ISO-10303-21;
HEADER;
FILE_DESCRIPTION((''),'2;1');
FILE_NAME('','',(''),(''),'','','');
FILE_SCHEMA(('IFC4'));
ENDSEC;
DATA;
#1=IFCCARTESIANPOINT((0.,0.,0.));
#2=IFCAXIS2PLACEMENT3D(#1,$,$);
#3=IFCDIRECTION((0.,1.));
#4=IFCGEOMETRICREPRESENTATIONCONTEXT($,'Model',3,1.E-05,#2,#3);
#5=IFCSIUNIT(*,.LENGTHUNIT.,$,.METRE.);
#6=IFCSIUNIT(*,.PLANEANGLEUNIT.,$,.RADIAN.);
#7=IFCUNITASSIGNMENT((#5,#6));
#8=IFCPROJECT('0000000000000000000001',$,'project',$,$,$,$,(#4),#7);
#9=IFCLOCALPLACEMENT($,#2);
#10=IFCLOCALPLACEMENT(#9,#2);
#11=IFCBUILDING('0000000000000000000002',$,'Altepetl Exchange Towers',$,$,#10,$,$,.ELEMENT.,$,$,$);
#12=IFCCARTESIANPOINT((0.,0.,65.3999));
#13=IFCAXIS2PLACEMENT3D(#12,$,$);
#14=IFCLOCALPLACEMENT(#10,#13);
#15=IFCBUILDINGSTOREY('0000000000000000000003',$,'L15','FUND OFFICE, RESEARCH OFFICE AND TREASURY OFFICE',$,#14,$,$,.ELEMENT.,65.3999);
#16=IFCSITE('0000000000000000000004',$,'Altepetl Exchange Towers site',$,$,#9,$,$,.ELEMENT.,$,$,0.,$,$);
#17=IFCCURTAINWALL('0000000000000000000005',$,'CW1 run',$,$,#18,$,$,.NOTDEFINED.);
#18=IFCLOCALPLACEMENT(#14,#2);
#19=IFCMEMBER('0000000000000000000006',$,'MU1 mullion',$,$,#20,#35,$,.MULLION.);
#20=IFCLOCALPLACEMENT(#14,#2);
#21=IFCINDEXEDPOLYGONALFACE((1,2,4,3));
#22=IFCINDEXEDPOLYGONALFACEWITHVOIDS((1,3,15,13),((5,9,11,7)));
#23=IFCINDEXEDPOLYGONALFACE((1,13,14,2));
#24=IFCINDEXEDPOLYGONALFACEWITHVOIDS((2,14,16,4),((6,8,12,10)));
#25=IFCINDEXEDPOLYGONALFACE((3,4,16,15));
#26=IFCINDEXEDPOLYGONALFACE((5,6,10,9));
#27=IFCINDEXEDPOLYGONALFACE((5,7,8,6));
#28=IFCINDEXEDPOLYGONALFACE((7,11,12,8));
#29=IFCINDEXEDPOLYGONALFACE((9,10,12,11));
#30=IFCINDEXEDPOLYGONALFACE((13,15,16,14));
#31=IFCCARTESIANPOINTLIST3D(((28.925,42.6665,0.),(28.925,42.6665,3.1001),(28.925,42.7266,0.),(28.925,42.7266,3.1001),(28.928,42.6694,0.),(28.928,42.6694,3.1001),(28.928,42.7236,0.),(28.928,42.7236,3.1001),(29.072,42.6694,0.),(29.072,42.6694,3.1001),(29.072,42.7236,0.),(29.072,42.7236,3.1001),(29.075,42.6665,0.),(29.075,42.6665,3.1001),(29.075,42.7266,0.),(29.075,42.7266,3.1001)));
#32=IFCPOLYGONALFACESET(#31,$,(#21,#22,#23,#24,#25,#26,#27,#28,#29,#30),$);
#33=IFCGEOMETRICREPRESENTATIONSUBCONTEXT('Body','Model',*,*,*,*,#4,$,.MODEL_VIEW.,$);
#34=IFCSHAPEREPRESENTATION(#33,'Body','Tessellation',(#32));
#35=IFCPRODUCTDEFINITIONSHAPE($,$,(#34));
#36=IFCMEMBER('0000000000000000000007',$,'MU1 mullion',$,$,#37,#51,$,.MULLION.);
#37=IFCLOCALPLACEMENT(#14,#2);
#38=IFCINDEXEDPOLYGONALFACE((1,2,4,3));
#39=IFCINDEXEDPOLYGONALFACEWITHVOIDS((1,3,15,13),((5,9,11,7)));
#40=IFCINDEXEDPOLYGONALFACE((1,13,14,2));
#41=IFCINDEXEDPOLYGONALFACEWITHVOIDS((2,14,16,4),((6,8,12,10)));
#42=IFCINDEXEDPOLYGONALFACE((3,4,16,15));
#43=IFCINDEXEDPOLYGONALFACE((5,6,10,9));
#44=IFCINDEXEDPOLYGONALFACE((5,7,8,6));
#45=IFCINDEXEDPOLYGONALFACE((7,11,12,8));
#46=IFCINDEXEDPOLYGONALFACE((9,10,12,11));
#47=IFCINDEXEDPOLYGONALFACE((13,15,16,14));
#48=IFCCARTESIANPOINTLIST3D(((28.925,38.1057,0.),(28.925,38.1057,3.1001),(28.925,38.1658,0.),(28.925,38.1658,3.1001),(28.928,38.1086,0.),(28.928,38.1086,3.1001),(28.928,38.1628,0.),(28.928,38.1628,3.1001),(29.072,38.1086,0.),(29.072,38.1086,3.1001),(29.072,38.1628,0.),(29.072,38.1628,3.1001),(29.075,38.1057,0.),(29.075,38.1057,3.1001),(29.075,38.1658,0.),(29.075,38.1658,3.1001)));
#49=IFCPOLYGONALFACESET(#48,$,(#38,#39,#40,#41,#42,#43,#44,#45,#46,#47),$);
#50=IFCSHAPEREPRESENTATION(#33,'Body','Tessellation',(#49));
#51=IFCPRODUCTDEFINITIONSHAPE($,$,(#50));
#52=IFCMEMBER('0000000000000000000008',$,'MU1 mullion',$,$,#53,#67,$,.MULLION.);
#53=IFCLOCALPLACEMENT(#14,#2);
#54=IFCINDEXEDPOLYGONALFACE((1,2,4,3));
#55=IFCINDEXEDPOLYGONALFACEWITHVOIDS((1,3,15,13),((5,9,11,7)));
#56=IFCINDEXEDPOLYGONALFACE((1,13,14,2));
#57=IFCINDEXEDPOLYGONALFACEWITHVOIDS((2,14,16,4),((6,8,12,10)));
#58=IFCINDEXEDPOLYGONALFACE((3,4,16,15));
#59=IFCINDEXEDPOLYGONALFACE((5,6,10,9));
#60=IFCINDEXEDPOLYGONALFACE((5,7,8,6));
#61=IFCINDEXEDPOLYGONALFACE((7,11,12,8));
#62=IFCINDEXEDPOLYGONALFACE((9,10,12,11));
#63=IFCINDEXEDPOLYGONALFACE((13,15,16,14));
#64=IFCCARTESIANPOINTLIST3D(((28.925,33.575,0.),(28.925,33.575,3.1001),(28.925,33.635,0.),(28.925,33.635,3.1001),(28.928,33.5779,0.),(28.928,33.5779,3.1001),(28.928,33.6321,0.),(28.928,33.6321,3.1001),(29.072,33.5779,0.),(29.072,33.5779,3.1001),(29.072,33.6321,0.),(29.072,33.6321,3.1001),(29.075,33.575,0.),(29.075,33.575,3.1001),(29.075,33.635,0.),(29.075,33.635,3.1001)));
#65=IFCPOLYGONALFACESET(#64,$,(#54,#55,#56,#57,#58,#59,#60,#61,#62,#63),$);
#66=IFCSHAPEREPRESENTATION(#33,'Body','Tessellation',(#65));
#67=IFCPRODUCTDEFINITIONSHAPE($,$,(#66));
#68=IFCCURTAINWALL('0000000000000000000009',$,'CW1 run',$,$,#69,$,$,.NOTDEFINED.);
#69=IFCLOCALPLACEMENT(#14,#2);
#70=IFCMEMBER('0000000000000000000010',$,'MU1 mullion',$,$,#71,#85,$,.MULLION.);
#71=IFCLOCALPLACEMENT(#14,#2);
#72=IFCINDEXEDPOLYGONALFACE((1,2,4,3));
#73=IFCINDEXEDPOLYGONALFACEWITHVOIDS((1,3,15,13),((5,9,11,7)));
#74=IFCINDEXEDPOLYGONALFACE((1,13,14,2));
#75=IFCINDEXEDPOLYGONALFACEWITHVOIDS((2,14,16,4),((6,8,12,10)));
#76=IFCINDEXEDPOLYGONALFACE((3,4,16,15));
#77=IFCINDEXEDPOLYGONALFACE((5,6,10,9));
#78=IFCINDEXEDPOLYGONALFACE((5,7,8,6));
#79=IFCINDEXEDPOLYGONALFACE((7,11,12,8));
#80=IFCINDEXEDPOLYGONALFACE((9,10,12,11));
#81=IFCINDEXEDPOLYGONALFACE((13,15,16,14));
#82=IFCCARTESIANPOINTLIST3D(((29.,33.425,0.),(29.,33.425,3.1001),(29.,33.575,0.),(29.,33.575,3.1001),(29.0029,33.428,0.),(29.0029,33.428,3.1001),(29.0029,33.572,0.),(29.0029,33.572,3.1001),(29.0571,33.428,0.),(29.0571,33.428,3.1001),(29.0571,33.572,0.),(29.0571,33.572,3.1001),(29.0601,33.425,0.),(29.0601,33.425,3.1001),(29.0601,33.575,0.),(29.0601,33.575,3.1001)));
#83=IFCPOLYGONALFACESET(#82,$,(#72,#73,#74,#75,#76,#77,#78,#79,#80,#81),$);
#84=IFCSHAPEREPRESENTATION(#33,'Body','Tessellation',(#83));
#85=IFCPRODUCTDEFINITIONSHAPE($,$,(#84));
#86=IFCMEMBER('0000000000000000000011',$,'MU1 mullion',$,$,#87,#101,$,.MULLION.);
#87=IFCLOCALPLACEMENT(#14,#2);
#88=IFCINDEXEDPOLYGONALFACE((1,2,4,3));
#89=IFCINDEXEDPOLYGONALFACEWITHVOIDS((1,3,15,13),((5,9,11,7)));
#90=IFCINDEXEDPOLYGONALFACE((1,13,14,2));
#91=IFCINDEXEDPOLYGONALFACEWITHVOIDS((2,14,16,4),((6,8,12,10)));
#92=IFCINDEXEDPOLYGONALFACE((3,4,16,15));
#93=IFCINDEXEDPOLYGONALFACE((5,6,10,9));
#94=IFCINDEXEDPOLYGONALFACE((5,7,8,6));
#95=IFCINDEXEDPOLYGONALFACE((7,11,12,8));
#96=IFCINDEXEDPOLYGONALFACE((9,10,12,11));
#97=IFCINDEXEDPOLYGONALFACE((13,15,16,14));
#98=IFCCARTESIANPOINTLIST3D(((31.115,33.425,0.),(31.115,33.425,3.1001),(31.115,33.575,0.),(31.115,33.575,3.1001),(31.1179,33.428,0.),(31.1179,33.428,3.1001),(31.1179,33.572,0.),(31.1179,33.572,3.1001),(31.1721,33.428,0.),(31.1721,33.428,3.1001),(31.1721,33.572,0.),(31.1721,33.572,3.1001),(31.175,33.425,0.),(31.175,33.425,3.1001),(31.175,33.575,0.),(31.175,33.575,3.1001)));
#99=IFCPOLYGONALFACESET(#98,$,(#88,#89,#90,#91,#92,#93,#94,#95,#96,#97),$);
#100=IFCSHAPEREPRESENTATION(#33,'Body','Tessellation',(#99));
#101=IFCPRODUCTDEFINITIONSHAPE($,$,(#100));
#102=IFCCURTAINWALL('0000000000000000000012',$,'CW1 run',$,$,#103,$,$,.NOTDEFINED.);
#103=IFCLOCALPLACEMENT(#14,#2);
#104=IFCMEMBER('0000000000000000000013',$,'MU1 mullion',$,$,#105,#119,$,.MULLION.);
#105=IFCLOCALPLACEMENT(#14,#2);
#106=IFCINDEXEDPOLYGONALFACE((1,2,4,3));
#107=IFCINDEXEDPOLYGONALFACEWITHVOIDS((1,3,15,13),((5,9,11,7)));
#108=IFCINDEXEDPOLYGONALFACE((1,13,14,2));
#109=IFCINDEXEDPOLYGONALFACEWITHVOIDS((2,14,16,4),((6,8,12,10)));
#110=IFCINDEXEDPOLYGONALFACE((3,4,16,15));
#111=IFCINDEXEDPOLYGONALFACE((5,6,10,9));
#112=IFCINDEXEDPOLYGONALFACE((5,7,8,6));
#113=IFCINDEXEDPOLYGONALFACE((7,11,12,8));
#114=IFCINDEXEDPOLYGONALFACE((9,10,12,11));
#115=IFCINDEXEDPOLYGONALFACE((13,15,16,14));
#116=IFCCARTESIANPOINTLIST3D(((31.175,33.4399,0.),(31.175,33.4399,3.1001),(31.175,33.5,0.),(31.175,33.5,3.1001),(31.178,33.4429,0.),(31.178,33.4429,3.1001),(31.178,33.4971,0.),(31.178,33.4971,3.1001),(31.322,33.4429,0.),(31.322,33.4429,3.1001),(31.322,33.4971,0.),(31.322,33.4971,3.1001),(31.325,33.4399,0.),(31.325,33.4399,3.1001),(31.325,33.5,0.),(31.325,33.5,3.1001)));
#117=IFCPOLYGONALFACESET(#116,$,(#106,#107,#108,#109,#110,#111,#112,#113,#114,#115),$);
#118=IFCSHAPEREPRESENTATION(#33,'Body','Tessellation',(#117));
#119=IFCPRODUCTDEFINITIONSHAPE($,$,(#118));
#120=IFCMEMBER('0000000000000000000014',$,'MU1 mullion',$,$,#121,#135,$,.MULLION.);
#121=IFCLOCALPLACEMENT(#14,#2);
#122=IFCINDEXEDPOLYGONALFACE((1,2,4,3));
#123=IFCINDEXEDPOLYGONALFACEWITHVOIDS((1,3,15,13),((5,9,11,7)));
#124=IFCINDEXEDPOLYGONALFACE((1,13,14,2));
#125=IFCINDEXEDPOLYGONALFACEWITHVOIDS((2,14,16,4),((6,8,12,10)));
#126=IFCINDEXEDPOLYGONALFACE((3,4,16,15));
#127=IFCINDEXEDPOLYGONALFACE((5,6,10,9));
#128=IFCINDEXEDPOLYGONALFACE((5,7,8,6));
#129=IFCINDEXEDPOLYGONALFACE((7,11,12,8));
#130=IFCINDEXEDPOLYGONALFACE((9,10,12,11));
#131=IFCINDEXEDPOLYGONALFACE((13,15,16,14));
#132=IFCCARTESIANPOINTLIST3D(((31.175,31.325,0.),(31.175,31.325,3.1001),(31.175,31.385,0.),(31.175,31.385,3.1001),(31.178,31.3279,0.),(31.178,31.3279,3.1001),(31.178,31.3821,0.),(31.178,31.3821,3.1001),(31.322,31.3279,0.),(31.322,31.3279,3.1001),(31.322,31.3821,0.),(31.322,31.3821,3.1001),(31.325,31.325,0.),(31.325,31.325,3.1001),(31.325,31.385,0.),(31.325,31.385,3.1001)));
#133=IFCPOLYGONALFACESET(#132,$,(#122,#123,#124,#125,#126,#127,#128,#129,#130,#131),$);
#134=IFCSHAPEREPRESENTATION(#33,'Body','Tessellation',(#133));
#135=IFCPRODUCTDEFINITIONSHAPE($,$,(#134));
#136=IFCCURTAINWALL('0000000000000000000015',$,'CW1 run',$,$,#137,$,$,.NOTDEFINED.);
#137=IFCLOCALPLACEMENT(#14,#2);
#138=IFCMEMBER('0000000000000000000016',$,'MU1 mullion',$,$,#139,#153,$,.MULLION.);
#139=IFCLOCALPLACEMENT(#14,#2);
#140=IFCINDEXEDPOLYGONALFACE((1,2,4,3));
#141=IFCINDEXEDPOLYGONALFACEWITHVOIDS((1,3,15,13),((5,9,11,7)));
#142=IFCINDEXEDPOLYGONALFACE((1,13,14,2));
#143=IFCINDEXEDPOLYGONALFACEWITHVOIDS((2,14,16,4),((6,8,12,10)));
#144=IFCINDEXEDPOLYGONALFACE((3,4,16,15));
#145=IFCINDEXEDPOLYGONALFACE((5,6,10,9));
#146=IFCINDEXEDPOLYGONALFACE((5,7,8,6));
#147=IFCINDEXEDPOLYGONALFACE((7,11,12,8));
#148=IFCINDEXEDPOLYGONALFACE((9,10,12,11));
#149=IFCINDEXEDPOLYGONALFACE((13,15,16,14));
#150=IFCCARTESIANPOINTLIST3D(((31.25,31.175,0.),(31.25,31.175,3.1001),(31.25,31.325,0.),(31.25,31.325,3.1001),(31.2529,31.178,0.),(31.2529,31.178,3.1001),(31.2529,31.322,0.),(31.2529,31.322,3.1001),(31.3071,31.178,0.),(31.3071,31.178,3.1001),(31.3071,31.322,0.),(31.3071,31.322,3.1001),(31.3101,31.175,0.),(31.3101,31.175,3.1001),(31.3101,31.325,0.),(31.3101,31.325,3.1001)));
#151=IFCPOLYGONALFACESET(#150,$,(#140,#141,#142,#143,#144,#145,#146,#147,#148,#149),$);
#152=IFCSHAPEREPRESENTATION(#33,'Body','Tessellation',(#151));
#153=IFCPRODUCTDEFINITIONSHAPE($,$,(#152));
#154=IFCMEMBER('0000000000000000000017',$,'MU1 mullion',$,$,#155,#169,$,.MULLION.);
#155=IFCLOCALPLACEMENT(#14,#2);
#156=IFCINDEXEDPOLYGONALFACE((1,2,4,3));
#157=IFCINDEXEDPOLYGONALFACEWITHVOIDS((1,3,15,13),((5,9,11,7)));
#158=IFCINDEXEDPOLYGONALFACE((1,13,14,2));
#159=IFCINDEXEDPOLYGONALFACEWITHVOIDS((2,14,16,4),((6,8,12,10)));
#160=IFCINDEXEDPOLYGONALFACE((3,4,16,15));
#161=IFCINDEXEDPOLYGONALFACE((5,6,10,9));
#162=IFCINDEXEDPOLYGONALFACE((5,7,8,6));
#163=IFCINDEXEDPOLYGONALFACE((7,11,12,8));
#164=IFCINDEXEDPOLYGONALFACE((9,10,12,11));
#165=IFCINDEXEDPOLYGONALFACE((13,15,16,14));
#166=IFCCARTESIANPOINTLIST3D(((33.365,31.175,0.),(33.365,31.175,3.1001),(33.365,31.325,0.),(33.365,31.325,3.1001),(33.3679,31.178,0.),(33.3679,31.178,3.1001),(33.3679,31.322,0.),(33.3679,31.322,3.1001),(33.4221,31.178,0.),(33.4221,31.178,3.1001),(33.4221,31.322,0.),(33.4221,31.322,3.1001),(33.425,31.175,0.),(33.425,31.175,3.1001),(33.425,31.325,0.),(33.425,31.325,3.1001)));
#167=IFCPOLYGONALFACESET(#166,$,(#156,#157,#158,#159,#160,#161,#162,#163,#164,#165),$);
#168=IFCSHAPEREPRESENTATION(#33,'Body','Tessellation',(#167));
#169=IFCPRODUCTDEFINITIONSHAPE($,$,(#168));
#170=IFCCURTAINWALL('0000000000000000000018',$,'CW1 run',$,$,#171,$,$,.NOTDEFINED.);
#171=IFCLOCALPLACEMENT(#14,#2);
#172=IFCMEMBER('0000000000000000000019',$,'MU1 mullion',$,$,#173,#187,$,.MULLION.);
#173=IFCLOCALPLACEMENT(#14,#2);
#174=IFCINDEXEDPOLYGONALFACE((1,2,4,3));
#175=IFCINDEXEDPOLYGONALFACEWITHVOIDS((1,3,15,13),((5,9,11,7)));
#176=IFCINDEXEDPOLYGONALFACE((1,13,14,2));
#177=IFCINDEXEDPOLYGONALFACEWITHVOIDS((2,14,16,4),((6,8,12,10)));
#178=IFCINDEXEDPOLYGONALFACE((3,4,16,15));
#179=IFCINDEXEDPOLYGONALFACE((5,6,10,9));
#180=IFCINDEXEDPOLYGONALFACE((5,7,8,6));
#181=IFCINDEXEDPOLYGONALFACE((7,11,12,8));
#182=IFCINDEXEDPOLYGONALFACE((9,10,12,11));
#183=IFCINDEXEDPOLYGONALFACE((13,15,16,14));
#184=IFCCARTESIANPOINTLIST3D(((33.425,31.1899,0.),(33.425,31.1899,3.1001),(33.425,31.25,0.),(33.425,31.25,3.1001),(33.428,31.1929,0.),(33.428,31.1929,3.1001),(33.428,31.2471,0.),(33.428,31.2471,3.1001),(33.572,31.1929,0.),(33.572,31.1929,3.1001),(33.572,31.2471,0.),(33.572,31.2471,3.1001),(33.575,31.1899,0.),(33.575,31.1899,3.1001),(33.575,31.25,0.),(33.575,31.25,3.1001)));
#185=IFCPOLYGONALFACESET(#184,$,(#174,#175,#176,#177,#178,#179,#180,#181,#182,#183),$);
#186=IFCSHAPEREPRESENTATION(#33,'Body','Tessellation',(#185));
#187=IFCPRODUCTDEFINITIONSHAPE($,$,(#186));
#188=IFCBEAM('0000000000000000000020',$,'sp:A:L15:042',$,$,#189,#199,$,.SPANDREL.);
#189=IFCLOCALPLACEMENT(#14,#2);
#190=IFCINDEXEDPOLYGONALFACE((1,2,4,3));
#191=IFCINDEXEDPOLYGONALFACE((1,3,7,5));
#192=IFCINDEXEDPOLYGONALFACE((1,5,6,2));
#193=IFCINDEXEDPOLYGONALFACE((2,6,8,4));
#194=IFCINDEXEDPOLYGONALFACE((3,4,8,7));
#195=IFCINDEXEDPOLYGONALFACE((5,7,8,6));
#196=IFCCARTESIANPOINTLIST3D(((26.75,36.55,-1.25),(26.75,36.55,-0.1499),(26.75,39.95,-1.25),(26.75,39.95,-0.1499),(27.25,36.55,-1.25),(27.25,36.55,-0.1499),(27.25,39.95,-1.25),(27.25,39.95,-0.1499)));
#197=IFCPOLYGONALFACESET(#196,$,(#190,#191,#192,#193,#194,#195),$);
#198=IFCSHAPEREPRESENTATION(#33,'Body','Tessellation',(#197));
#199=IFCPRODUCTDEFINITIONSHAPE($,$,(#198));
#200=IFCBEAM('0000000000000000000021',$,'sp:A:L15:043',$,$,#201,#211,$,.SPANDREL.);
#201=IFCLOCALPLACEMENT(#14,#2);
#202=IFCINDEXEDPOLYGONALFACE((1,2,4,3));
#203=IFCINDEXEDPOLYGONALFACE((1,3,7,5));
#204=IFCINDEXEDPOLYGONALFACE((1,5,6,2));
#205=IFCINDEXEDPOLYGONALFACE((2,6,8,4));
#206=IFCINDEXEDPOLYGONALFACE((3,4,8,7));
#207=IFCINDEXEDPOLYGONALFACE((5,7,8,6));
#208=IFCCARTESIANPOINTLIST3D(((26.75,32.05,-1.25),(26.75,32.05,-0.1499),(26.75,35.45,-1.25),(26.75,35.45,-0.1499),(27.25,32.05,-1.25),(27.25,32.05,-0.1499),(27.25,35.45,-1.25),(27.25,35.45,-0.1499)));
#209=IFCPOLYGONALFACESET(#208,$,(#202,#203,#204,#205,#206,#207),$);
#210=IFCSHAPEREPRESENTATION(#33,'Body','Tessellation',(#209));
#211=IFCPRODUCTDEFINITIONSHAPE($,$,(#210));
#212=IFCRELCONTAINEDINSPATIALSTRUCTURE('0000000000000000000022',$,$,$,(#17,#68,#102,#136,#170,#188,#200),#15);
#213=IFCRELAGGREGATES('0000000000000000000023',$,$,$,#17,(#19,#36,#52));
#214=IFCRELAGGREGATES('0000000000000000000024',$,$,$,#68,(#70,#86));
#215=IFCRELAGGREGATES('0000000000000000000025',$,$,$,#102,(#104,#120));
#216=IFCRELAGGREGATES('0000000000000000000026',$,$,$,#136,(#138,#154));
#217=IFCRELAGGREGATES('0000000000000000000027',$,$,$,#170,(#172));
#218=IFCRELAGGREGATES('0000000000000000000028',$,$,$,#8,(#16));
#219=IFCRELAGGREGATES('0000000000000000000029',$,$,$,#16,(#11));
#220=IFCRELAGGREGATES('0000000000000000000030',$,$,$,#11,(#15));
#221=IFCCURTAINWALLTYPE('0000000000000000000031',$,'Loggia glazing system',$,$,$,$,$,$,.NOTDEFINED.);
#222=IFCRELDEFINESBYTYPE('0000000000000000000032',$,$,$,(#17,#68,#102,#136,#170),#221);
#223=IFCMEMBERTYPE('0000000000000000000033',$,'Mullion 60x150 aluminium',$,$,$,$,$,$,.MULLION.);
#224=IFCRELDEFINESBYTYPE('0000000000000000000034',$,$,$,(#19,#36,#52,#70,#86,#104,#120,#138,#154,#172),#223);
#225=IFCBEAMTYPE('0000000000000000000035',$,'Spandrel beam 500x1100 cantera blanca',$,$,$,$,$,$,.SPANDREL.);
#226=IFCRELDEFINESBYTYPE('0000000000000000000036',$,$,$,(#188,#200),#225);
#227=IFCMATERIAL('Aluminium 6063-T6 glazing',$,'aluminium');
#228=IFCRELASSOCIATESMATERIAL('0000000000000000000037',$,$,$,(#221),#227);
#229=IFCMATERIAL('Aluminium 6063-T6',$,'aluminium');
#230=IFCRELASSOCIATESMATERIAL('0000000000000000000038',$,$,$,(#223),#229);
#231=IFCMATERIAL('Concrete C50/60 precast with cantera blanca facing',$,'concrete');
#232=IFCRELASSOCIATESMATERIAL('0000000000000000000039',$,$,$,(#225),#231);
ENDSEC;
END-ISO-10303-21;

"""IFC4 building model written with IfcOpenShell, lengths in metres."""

from ifc_helpers import new_model, si_unit, direction, frame, origin, origin_2d, place, context, subcontext, project, spatial, rectangle, hollow_rectangle, extrude, material, material_profile, profile_set, type_object, element, aggregate, save


model = new_model("IFC4")

# Units and contexts
model_context = context("Model", 3, precision=1e-05, world=origin(), true_north=direction((0.0, 1.0)))
body_context = subcontext(model_context, "Body", "Model", "MODEL_VIEW")
ifc_project = project(units=[si_unit("LENGTHUNIT", "METRE"), si_unit("PLANEANGLEUNIT", "RADIAN")], contexts=[model_context])

# Site, building, storey
site_placement = place(None, origin())
site = spatial("IfcSite", under=ifc_project, at=site_placement, Name="Altepetl Exchange Towers site", CompositionType="ELEMENT", RefElevation=0.0)
building_placement = place(site_placement, origin())
building = spatial("IfcBuilding", under=site, at=building_placement, Name="Altepetl Exchange Towers", CompositionType="ELEMENT")
storey_placement = place(building_placement, frame((0.0, 0.0, 65.3999)))
storey = spatial("IfcBuildingStorey", under=building, at=storey_placement, Name="L15", Description="FUND OFFICE, RESEARCH OFFICE AND TREASURY OFFICE", CompositionType="ELEMENT", Elevation=65.3999)

# Curtain walls, members
ifc_material_1 = material(Name="Aluminium 6063-T6 glazing", Category="aluminium")
curtain_wall_type = type_object("IfcCurtainWallType", Name="Loggia glazing system", PredefinedType="NOTDEFINED", material=ifc_material_1)
curtain_wall_1_placement = place(storey_placement, origin())
curtain_wall_1 = element("IfcCurtainWall", 1, at=curtain_wall_1_placement, inside=storey, type_object=curtain_wall_type, Name="CW1 run", PredefinedType="NOTDEFINED")
ifc_material_2 = material(Name="Aluminium 6063-T6", Category="aluminium")
ifc_material_profile_1 = material_profile(ifc_material_2, hollow_rectangle(XDim=0.0601, YDim=0.1499, WallThickness=0.0029, at=origin_2d()), Name="Mullion 60x150 aluminium")
ifc_profile_set_1 = profile_set([ifc_material_profile_1], Name="Aluminium 6063-T6")
member_type = type_object("IfcMemberType", Name="Mullion 60x150 aluminium", PredefinedType="MULLION", material=ifc_profile_set_1)
member_1_placement = place(storey_placement, frame((29.0, 42.6965, 0.0), z_axis=(0.0, 0.0, 1.0), x_axis=(0.0, -1.0, 0.0)))
member_1 = element("IfcMember", 2, at=member_1_placement, type_object=member_type, Name="MU1 mullion", PredefinedType="MULLION", context=body_context, shape_type="SweptSolid", body=[
    extrude(hollow_rectangle(XDim=0.0601, YDim=0.1499, WallThickness=0.0029, at=origin_2d()), origin(), (0.0, 0.0, 1.0), 3.1001),
])
member_2_placement = place(storey_placement, frame((29.0, 38.1357, 0.0), z_axis=(0.0, 0.0, 1.0), x_axis=(0.0, -1.0, 0.0)))
member_2 = element("IfcMember", 3, at=member_2_placement, type_object=member_type, Name="MU1 mullion", PredefinedType="MULLION", context=body_context, shape_type="SweptSolid", body=[
    extrude(hollow_rectangle(XDim=0.0601, YDim=0.1499, WallThickness=0.0029, at=origin_2d()), origin(), (0.0, 0.0, 1.0), 3.1001),
])
member_3_placement = place(storey_placement, frame((29.0, 33.605, 0.0), z_axis=(0.0, 0.0, 1.0), x_axis=(0.0, -1.0, 0.0)))
member_3 = element("IfcMember", 4, at=member_3_placement, type_object=member_type, Name="MU1 mullion", PredefinedType="MULLION", context=body_context, shape_type="SweptSolid", body=[
    extrude(hollow_rectangle(XDim=0.0601, YDim=0.1499, WallThickness=0.0029, at=origin_2d()), origin(), (0.0, 0.0, 1.0), 3.1001),
])
curtain_wall_2_placement = place(storey_placement, origin())
curtain_wall_2 = element("IfcCurtainWall", 5, at=curtain_wall_2_placement, inside=storey, type_object=curtain_wall_type, Name="CW1 run", PredefinedType="NOTDEFINED")
member_4_placement = place(storey_placement, frame((29.03, 33.5, 0.0)))
member_4 = element("IfcMember", 6, at=member_4_placement, type_object=member_type, Name="MU1 mullion", PredefinedType="MULLION", context=body_context, shape_type="SweptSolid", body=[
    extrude(hollow_rectangle(XDim=0.0601, YDim=0.1499, WallThickness=0.0029, at=origin_2d()), origin(), (0.0, 0.0, 1.0), 3.1001),
])
member_5_placement = place(storey_placement, frame((31.145, 33.5, 0.0)))
member_5 = element("IfcMember", 7, at=member_5_placement, type_object=member_type, Name="MU1 mullion", PredefinedType="MULLION", context=body_context, shape_type="SweptSolid", body=[
    extrude(hollow_rectangle(XDim=0.0601, YDim=0.1499, WallThickness=0.0029, at=origin_2d()), origin(), (0.0, 0.0, 1.0), 3.1001),
])
curtain_wall_3_placement = place(storey_placement, origin())
curtain_wall_3 = element("IfcCurtainWall", 8, at=curtain_wall_3_placement, inside=storey, type_object=curtain_wall_type, Name="CW1 run", PredefinedType="NOTDEFINED")
member_6_placement = place(storey_placement, frame((31.25, 33.47, 0.0), z_axis=(0.0, 0.0, 1.0), x_axis=(0.0, -1.0, 0.0)))
member_6 = element("IfcMember", 9, at=member_6_placement, type_object=member_type, Name="MU1 mullion", PredefinedType="MULLION", context=body_context, shape_type="SweptSolid", body=[
    extrude(hollow_rectangle(XDim=0.0601, YDim=0.1499, WallThickness=0.0029, at=origin_2d()), origin(), (0.0, 0.0, 1.0), 3.1001),
])
member_7_placement = place(storey_placement, frame((31.25, 31.355, 0.0), z_axis=(0.0, 0.0, 1.0), x_axis=(0.0, -1.0, 0.0)))
member_7 = element("IfcMember", 10, at=member_7_placement, type_object=member_type, Name="MU1 mullion", PredefinedType="MULLION", context=body_context, shape_type="SweptSolid", body=[
    extrude(hollow_rectangle(XDim=0.0601, YDim=0.1499, WallThickness=0.0029, at=origin_2d()), origin(), (0.0, 0.0, 1.0), 3.1001),
])
curtain_wall_4_placement = place(storey_placement, origin())
curtain_wall_4 = element("IfcCurtainWall", 11, at=curtain_wall_4_placement, inside=storey, type_object=curtain_wall_type, Name="CW1 run", PredefinedType="NOTDEFINED")
member_8_placement = place(storey_placement, frame((31.28, 31.25, 0.0)))
member_8 = element("IfcMember", 12, at=member_8_placement, type_object=member_type, Name="MU1 mullion", PredefinedType="MULLION", context=body_context, shape_type="SweptSolid", body=[
    extrude(hollow_rectangle(XDim=0.0601, YDim=0.1499, WallThickness=0.0029, at=origin_2d()), origin(), (0.0, 0.0, 1.0), 3.1001),
])
member_9_placement = place(storey_placement, frame((33.395, 31.25, 0.0)))
member_9 = element("IfcMember", 13, at=member_9_placement, type_object=member_type, Name="MU1 mullion", PredefinedType="MULLION", context=body_context, shape_type="SweptSolid", body=[
    extrude(hollow_rectangle(XDim=0.0601, YDim=0.1499, WallThickness=0.0029, at=origin_2d()), origin(), (0.0, 0.0, 1.0), 3.1001),
])

# Curtain wall, member
curtain_wall_5_placement = place(storey_placement, origin())
curtain_wall_5 = element("IfcCurtainWall", 14, at=curtain_wall_5_placement, inside=storey, type_object=curtain_wall_type, Name="CW1 run", PredefinedType="NOTDEFINED")
member_10_placement = place(storey_placement, frame((33.5, 31.22, 0.0), z_axis=(0.0, 0.0, 1.0), x_axis=(0.0, -1.0, 0.0)))
member_10 = element("IfcMember", 15, at=member_10_placement, type_object=member_type, Name="MU1 mullion", PredefinedType="MULLION", context=body_context, shape_type="SweptSolid", body=[
    extrude(hollow_rectangle(XDim=0.0601, YDim=0.1499, WallThickness=0.0029, at=origin_2d()), origin(), (0.0, 0.0, 1.0), 3.1001),
])

# Beams
ifc_material_3 = material(Name="Concrete C50/60 precast with cantera blanca facing", Category="concrete")
ifc_material_profile_2 = material_profile(ifc_material_3, rectangle(XDim=0.5, YDim=1.1001, at=origin_2d()), Name="500 x 1100")
ifc_profile_set_2 = profile_set([ifc_material_profile_2], Name="Concrete C50/60 precast with cantera blanca facing")
beam_type_1 = type_object("IfcBeamType", Name="Spandrel beam 500x1100 cantera blanca", PredefinedType="SPANDREL", material=ifc_profile_set_2)
for number, where, z_axis, x_axis, name in (
    (16, (27.0, 39.95, -0.7), (0.0, -1.0, 0.0), (1.0, 0.0, 0.0), "sp:A:L15:042"),
    (17, (27.0, 35.45, -0.7), (0.0, -1.0, 0.0), (1.0, 0.0, 0.0), "sp:A:L15:043"),
):
    element("IfcBeam", number, at=place(storey_placement, frame(where, z_axis=z_axis, x_axis=x_axis)), inside=storey, type_object=beam_type_1, Name=name, PredefinedType="SPANDREL", context=body_context, shape_type="SweptSolid", body=[
        extrude(rectangle(XDim=0.5, YDim=1.1001, at=origin_2d()), origin(), (0.0, 0.0, 1.0), 3.3999),
    ])

aggregate(curtain_wall_1, [member_1, member_2, member_3])
aggregate(curtain_wall_2, [member_4, member_5])
aggregate(curtain_wall_3, [member_6, member_7])
aggregate(curtain_wall_4, [member_8, member_9])
aggregate(curtain_wall_5, [member_10])

save(model, "model.ifc")
